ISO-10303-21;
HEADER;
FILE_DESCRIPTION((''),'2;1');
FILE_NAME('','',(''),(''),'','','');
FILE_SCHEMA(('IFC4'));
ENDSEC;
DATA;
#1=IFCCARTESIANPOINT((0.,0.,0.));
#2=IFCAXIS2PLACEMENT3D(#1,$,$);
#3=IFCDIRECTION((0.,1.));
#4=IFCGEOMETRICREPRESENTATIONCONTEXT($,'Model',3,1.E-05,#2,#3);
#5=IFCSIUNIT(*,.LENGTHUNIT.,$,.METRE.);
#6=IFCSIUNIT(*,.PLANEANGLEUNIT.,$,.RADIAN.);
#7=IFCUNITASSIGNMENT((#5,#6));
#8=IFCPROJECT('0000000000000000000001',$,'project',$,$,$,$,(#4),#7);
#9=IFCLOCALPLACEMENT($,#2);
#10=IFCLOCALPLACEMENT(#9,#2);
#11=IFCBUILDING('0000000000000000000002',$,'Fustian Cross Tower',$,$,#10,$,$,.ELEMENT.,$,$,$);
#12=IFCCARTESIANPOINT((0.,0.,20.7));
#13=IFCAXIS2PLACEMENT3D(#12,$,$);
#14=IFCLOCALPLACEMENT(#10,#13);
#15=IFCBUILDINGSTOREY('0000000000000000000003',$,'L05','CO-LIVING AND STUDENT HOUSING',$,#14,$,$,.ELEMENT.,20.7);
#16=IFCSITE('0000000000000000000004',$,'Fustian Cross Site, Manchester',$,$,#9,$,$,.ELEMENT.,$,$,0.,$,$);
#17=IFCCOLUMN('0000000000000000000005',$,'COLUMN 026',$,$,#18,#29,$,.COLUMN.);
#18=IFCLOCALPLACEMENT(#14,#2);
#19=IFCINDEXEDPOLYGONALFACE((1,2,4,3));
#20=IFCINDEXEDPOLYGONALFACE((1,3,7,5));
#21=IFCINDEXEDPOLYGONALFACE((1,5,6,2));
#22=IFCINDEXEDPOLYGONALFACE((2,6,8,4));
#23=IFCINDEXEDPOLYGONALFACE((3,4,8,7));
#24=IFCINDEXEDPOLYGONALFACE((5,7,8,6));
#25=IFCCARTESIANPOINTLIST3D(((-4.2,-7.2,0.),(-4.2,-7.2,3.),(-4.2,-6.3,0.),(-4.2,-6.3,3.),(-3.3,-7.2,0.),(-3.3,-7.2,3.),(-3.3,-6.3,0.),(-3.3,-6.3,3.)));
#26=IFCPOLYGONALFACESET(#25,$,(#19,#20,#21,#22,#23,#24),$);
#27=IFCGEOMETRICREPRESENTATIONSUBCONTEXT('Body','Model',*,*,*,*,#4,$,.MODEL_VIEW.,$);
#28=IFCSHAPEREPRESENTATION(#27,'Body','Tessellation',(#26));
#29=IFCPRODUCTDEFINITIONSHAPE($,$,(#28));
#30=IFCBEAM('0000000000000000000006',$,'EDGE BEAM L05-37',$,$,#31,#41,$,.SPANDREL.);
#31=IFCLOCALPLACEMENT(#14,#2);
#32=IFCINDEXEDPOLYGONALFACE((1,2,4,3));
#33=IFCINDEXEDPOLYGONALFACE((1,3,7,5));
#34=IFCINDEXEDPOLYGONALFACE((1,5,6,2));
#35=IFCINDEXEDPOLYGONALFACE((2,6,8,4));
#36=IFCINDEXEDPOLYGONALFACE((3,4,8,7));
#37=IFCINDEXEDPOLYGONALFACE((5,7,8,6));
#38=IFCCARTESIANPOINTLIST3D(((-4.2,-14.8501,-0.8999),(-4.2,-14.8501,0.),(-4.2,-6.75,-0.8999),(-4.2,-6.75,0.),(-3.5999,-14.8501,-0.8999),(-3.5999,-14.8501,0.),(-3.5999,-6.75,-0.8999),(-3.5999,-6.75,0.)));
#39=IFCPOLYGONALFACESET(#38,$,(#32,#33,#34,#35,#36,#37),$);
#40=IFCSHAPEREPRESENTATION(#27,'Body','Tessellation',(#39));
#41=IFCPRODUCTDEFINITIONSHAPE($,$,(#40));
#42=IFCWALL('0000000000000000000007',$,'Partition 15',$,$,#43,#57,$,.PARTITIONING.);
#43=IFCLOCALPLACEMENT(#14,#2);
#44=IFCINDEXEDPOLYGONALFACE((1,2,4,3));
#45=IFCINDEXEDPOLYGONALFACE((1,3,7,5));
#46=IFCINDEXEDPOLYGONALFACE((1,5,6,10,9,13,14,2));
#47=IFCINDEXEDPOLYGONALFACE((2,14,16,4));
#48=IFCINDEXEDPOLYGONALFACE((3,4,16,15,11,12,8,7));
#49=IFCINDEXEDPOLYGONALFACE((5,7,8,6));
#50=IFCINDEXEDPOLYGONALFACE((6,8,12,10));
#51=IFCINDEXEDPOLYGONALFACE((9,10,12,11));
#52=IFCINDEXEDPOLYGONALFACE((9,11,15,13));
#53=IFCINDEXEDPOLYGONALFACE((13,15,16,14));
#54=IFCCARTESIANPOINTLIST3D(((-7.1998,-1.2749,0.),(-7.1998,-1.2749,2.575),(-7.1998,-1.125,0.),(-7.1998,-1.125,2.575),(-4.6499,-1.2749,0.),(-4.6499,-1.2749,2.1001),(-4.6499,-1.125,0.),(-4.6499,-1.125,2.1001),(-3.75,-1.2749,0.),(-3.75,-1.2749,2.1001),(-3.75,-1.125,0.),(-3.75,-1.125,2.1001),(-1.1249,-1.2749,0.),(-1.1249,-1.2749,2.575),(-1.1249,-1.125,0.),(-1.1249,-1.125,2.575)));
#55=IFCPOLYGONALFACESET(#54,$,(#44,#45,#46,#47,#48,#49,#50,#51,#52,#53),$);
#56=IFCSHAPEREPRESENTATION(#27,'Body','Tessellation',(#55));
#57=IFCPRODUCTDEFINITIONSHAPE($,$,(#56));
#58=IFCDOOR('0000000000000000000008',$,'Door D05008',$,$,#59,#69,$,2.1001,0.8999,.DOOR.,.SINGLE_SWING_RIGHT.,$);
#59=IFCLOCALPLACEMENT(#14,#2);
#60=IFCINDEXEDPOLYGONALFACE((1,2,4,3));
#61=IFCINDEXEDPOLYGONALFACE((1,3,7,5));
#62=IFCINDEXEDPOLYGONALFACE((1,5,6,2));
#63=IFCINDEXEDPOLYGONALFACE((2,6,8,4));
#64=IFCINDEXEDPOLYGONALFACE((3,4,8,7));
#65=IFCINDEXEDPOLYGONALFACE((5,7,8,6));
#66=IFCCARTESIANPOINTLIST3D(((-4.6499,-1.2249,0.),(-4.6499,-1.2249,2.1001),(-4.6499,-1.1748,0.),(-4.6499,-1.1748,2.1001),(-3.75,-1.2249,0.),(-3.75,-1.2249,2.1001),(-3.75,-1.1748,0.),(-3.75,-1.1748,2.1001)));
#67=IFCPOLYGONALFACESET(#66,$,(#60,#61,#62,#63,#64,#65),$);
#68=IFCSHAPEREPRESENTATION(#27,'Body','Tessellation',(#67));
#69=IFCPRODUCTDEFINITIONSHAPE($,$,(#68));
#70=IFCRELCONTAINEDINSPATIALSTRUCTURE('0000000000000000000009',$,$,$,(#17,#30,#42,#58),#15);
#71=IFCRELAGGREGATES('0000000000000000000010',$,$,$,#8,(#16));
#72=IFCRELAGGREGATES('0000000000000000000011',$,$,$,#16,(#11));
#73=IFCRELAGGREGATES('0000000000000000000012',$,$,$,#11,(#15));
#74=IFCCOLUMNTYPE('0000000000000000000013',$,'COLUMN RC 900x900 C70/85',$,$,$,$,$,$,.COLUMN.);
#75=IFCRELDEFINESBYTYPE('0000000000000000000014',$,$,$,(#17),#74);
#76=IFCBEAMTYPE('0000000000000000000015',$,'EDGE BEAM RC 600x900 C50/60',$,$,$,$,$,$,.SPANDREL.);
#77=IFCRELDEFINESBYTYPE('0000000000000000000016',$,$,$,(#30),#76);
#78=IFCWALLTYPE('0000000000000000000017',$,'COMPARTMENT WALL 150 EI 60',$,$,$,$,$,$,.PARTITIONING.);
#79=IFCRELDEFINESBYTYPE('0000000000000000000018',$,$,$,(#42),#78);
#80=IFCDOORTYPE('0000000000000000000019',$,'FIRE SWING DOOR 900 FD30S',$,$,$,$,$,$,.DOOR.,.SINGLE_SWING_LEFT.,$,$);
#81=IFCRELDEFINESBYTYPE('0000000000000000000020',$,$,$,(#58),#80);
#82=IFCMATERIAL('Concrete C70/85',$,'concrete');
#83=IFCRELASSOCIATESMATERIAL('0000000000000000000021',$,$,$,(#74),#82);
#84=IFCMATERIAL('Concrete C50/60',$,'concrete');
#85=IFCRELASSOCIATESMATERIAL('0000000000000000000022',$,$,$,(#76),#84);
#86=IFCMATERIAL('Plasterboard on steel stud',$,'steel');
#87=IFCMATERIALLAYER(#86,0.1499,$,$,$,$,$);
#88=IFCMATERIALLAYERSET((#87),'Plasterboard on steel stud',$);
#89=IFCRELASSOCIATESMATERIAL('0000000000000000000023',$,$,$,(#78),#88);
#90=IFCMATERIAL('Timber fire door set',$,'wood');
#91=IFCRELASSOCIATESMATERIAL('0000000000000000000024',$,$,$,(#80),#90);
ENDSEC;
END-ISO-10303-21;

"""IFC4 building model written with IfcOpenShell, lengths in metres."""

from ifc_helpers import new_model, si_unit, direction, frame, frame_2d, origin, origin_2d, place, context, subcontext, project, spatial, rectangle, extrude, material, layer, layer_set, material_profile, profile_set, type_object, element, fill, save


model = new_model("IFC4")

# Units and contexts
model_context = context("Model", 3, precision=1e-05, world=origin(), true_north=direction((0.0, 1.0)))
body_context = subcontext(model_context, "Body", "Model", "MODEL_VIEW")
ifc_project = project(units=[si_unit("LENGTHUNIT", "METRE"), si_unit("PLANEANGLEUNIT", "RADIAN")], contexts=[model_context])

# Site, building, storey
site_placement = place(None, origin())
site = spatial("IfcSite", under=ifc_project, at=site_placement, Name="Fustian Cross Site, Manchester", CompositionType="ELEMENT", RefElevation=0.0)
building_placement = place(site_placement, origin())
building = spatial("IfcBuilding", under=site, at=building_placement, Name="Fustian Cross Tower", CompositionType="ELEMENT")
storey_placement = place(building_placement, frame((0.0, 0.0, 20.7)))
storey = spatial("IfcBuildingStorey", under=building, at=storey_placement, Name="L05", Description="CO-LIVING AND STUDENT HOUSING", CompositionType="ELEMENT", Elevation=20.7)

# Column
ifc_material_1 = material(Name="Concrete C70/85", Category="concrete")
ifc_material_profile_1 = material_profile(ifc_material_1, rectangle(XDim=0.8999, YDim=0.8999, at=origin_2d()), Name="RC 900x900")
ifc_profile_set_1 = profile_set([ifc_material_profile_1], Name="Concrete C70/85")
column_type = type_object("IfcColumnType", Name="COLUMN RC 900x900 C70/85", PredefinedType="COLUMN", material=ifc_profile_set_1)
column_placement = place(storey_placement, frame((-3.75, -6.75, 0.0), z_axis=(0.0, 0.0, 1.0), x_axis=(1.0, 0.0, 0.0)))
element("IfcColumn", 1, at=column_placement, inside=storey, type_object=column_type, Name="COLUMN 026", PredefinedType="COLUMN", context=body_context, shape_type="SweptSolid", body=[
    extrude(rectangle(XDim=0.8999, YDim=0.8999, at=origin_2d()), origin(), (0.0, 0.0, 1.0), 3.0),
])

# Beam
ifc_material_2 = material(Name="Concrete C50/60", Category="concrete")
ifc_material_profile_2 = material_profile(ifc_material_2, rectangle(XDim=0.6001, YDim=0.8999, at=origin_2d()), Name="RC 600x900")
ifc_profile_set_2 = profile_set([ifc_material_profile_2], Name="Concrete C50/60")
beam_type = type_object("IfcBeamType", Name="EDGE BEAM RC 600x900 C50/60", PredefinedType="SPANDREL", material=ifc_profile_set_2)
beam_placement = place(storey_placement, frame((-3.8999, -6.75, -0.45), z_axis=(0.0, -1.0, 0.0), x_axis=(1.0, 0.0, 0.0)))
element("IfcBeam", 2, at=beam_placement, inside=storey, type_object=beam_type, Name="EDGE BEAM L05-37", PredefinedType="SPANDREL", context=body_context, shape_type="SweptSolid", body=[
    extrude(rectangle(XDim=0.6001, YDim=0.8999, at=origin_2d()), origin(), (0.0, 0.0, 1.0), 8.1001),
])

# Wall, opening, door
ifc_material_3 = material(Name="Plasterboard on steel stud", Category="steel")
ifc_layer_1 = layer(ifc_material_3, 0.1499)
ifc_layer_set_1 = layer_set([ifc_layer_1], Name="Plasterboard on steel stud")
wall_type_1 = type_object("IfcWallType", Name="COMPARTMENT WALL 150 EI 60", PredefinedType="PARTITIONING", material=ifc_layer_set_1)
wall_1_placement = place(storey_placement, frame((-7.2, -1.2, 0.0), z_axis=(0.0, 0.0, 1.0), x_axis=(1.0, 0.0, 0.0)))
wall_1 = element("IfcWall", 3, at=wall_1_placement, inside=storey, type_object=wall_type_1, Name="Partition 15", PredefinedType="PARTITIONING", context=body_context, shape_type="SweptSolid", body=[
    extrude(rectangle(XDim=6.075, YDim=0.1499, at=frame_2d((3.0376, 0.0))), origin(), (0.0, 0.0, 1.0), 2.575),
])
opening_1_placement = place(wall_1_placement, frame((2.55, 0.0, 0.0)))
opening_1 = element("IfcOpeningElement", 4, at=opening_1_placement, cuts=wall_1, PredefinedType="OPENING", context=body_context, shape_type="SweptSolid", body=[
    extrude(rectangle(XDim=0.8999, YDim=2.1001, at=frame_2d((0.45, 1.05))), frame((0.0, 0.085, 0.0), z_axis=(0.0, -1.0, 0.0), x_axis=(1.0, 0.0, 0.0)), (0.0, 0.0, 1.0), 0.1699),
])
ifc_material_4 = material(Name="Timber fire door set", Category="wood")
door_type_1 = type_object("IfcDoorType", Name="FIRE SWING DOOR 900 FD30S", OperationType="SINGLE_SWING_LEFT", PredefinedType="DOOR", material=ifc_material_4)
door_1_placement = place(opening_1_placement, frame((0.8999, 0.0, 0.0), z_axis=(0.0, 0.0, 1.0), x_axis=(-1.0, 0.0, 0.0)))
door_1 = element("IfcDoor", 5, at=door_1_placement, inside=storey, type_object=door_type_1, Name="Door D05008", OperationType="SINGLE_SWING_RIGHT", OverallHeight=2.1001, OverallWidth=0.8999, PredefinedType="DOOR", context=body_context, shape_type="SweptSolid", body=[
    extrude(rectangle(XDim=0.8999, YDim=2.1001, at=frame_2d((0.45, 1.05))), frame((0.0, 0.0249, 0.0), z_axis=(0.0, -1.0, 0.0), x_axis=(1.0, 0.0, 0.0)), (0.0, 0.0, 1.0), 0.05),
])
fill(opening_1, door_1)

save(model, "model.ifc")
